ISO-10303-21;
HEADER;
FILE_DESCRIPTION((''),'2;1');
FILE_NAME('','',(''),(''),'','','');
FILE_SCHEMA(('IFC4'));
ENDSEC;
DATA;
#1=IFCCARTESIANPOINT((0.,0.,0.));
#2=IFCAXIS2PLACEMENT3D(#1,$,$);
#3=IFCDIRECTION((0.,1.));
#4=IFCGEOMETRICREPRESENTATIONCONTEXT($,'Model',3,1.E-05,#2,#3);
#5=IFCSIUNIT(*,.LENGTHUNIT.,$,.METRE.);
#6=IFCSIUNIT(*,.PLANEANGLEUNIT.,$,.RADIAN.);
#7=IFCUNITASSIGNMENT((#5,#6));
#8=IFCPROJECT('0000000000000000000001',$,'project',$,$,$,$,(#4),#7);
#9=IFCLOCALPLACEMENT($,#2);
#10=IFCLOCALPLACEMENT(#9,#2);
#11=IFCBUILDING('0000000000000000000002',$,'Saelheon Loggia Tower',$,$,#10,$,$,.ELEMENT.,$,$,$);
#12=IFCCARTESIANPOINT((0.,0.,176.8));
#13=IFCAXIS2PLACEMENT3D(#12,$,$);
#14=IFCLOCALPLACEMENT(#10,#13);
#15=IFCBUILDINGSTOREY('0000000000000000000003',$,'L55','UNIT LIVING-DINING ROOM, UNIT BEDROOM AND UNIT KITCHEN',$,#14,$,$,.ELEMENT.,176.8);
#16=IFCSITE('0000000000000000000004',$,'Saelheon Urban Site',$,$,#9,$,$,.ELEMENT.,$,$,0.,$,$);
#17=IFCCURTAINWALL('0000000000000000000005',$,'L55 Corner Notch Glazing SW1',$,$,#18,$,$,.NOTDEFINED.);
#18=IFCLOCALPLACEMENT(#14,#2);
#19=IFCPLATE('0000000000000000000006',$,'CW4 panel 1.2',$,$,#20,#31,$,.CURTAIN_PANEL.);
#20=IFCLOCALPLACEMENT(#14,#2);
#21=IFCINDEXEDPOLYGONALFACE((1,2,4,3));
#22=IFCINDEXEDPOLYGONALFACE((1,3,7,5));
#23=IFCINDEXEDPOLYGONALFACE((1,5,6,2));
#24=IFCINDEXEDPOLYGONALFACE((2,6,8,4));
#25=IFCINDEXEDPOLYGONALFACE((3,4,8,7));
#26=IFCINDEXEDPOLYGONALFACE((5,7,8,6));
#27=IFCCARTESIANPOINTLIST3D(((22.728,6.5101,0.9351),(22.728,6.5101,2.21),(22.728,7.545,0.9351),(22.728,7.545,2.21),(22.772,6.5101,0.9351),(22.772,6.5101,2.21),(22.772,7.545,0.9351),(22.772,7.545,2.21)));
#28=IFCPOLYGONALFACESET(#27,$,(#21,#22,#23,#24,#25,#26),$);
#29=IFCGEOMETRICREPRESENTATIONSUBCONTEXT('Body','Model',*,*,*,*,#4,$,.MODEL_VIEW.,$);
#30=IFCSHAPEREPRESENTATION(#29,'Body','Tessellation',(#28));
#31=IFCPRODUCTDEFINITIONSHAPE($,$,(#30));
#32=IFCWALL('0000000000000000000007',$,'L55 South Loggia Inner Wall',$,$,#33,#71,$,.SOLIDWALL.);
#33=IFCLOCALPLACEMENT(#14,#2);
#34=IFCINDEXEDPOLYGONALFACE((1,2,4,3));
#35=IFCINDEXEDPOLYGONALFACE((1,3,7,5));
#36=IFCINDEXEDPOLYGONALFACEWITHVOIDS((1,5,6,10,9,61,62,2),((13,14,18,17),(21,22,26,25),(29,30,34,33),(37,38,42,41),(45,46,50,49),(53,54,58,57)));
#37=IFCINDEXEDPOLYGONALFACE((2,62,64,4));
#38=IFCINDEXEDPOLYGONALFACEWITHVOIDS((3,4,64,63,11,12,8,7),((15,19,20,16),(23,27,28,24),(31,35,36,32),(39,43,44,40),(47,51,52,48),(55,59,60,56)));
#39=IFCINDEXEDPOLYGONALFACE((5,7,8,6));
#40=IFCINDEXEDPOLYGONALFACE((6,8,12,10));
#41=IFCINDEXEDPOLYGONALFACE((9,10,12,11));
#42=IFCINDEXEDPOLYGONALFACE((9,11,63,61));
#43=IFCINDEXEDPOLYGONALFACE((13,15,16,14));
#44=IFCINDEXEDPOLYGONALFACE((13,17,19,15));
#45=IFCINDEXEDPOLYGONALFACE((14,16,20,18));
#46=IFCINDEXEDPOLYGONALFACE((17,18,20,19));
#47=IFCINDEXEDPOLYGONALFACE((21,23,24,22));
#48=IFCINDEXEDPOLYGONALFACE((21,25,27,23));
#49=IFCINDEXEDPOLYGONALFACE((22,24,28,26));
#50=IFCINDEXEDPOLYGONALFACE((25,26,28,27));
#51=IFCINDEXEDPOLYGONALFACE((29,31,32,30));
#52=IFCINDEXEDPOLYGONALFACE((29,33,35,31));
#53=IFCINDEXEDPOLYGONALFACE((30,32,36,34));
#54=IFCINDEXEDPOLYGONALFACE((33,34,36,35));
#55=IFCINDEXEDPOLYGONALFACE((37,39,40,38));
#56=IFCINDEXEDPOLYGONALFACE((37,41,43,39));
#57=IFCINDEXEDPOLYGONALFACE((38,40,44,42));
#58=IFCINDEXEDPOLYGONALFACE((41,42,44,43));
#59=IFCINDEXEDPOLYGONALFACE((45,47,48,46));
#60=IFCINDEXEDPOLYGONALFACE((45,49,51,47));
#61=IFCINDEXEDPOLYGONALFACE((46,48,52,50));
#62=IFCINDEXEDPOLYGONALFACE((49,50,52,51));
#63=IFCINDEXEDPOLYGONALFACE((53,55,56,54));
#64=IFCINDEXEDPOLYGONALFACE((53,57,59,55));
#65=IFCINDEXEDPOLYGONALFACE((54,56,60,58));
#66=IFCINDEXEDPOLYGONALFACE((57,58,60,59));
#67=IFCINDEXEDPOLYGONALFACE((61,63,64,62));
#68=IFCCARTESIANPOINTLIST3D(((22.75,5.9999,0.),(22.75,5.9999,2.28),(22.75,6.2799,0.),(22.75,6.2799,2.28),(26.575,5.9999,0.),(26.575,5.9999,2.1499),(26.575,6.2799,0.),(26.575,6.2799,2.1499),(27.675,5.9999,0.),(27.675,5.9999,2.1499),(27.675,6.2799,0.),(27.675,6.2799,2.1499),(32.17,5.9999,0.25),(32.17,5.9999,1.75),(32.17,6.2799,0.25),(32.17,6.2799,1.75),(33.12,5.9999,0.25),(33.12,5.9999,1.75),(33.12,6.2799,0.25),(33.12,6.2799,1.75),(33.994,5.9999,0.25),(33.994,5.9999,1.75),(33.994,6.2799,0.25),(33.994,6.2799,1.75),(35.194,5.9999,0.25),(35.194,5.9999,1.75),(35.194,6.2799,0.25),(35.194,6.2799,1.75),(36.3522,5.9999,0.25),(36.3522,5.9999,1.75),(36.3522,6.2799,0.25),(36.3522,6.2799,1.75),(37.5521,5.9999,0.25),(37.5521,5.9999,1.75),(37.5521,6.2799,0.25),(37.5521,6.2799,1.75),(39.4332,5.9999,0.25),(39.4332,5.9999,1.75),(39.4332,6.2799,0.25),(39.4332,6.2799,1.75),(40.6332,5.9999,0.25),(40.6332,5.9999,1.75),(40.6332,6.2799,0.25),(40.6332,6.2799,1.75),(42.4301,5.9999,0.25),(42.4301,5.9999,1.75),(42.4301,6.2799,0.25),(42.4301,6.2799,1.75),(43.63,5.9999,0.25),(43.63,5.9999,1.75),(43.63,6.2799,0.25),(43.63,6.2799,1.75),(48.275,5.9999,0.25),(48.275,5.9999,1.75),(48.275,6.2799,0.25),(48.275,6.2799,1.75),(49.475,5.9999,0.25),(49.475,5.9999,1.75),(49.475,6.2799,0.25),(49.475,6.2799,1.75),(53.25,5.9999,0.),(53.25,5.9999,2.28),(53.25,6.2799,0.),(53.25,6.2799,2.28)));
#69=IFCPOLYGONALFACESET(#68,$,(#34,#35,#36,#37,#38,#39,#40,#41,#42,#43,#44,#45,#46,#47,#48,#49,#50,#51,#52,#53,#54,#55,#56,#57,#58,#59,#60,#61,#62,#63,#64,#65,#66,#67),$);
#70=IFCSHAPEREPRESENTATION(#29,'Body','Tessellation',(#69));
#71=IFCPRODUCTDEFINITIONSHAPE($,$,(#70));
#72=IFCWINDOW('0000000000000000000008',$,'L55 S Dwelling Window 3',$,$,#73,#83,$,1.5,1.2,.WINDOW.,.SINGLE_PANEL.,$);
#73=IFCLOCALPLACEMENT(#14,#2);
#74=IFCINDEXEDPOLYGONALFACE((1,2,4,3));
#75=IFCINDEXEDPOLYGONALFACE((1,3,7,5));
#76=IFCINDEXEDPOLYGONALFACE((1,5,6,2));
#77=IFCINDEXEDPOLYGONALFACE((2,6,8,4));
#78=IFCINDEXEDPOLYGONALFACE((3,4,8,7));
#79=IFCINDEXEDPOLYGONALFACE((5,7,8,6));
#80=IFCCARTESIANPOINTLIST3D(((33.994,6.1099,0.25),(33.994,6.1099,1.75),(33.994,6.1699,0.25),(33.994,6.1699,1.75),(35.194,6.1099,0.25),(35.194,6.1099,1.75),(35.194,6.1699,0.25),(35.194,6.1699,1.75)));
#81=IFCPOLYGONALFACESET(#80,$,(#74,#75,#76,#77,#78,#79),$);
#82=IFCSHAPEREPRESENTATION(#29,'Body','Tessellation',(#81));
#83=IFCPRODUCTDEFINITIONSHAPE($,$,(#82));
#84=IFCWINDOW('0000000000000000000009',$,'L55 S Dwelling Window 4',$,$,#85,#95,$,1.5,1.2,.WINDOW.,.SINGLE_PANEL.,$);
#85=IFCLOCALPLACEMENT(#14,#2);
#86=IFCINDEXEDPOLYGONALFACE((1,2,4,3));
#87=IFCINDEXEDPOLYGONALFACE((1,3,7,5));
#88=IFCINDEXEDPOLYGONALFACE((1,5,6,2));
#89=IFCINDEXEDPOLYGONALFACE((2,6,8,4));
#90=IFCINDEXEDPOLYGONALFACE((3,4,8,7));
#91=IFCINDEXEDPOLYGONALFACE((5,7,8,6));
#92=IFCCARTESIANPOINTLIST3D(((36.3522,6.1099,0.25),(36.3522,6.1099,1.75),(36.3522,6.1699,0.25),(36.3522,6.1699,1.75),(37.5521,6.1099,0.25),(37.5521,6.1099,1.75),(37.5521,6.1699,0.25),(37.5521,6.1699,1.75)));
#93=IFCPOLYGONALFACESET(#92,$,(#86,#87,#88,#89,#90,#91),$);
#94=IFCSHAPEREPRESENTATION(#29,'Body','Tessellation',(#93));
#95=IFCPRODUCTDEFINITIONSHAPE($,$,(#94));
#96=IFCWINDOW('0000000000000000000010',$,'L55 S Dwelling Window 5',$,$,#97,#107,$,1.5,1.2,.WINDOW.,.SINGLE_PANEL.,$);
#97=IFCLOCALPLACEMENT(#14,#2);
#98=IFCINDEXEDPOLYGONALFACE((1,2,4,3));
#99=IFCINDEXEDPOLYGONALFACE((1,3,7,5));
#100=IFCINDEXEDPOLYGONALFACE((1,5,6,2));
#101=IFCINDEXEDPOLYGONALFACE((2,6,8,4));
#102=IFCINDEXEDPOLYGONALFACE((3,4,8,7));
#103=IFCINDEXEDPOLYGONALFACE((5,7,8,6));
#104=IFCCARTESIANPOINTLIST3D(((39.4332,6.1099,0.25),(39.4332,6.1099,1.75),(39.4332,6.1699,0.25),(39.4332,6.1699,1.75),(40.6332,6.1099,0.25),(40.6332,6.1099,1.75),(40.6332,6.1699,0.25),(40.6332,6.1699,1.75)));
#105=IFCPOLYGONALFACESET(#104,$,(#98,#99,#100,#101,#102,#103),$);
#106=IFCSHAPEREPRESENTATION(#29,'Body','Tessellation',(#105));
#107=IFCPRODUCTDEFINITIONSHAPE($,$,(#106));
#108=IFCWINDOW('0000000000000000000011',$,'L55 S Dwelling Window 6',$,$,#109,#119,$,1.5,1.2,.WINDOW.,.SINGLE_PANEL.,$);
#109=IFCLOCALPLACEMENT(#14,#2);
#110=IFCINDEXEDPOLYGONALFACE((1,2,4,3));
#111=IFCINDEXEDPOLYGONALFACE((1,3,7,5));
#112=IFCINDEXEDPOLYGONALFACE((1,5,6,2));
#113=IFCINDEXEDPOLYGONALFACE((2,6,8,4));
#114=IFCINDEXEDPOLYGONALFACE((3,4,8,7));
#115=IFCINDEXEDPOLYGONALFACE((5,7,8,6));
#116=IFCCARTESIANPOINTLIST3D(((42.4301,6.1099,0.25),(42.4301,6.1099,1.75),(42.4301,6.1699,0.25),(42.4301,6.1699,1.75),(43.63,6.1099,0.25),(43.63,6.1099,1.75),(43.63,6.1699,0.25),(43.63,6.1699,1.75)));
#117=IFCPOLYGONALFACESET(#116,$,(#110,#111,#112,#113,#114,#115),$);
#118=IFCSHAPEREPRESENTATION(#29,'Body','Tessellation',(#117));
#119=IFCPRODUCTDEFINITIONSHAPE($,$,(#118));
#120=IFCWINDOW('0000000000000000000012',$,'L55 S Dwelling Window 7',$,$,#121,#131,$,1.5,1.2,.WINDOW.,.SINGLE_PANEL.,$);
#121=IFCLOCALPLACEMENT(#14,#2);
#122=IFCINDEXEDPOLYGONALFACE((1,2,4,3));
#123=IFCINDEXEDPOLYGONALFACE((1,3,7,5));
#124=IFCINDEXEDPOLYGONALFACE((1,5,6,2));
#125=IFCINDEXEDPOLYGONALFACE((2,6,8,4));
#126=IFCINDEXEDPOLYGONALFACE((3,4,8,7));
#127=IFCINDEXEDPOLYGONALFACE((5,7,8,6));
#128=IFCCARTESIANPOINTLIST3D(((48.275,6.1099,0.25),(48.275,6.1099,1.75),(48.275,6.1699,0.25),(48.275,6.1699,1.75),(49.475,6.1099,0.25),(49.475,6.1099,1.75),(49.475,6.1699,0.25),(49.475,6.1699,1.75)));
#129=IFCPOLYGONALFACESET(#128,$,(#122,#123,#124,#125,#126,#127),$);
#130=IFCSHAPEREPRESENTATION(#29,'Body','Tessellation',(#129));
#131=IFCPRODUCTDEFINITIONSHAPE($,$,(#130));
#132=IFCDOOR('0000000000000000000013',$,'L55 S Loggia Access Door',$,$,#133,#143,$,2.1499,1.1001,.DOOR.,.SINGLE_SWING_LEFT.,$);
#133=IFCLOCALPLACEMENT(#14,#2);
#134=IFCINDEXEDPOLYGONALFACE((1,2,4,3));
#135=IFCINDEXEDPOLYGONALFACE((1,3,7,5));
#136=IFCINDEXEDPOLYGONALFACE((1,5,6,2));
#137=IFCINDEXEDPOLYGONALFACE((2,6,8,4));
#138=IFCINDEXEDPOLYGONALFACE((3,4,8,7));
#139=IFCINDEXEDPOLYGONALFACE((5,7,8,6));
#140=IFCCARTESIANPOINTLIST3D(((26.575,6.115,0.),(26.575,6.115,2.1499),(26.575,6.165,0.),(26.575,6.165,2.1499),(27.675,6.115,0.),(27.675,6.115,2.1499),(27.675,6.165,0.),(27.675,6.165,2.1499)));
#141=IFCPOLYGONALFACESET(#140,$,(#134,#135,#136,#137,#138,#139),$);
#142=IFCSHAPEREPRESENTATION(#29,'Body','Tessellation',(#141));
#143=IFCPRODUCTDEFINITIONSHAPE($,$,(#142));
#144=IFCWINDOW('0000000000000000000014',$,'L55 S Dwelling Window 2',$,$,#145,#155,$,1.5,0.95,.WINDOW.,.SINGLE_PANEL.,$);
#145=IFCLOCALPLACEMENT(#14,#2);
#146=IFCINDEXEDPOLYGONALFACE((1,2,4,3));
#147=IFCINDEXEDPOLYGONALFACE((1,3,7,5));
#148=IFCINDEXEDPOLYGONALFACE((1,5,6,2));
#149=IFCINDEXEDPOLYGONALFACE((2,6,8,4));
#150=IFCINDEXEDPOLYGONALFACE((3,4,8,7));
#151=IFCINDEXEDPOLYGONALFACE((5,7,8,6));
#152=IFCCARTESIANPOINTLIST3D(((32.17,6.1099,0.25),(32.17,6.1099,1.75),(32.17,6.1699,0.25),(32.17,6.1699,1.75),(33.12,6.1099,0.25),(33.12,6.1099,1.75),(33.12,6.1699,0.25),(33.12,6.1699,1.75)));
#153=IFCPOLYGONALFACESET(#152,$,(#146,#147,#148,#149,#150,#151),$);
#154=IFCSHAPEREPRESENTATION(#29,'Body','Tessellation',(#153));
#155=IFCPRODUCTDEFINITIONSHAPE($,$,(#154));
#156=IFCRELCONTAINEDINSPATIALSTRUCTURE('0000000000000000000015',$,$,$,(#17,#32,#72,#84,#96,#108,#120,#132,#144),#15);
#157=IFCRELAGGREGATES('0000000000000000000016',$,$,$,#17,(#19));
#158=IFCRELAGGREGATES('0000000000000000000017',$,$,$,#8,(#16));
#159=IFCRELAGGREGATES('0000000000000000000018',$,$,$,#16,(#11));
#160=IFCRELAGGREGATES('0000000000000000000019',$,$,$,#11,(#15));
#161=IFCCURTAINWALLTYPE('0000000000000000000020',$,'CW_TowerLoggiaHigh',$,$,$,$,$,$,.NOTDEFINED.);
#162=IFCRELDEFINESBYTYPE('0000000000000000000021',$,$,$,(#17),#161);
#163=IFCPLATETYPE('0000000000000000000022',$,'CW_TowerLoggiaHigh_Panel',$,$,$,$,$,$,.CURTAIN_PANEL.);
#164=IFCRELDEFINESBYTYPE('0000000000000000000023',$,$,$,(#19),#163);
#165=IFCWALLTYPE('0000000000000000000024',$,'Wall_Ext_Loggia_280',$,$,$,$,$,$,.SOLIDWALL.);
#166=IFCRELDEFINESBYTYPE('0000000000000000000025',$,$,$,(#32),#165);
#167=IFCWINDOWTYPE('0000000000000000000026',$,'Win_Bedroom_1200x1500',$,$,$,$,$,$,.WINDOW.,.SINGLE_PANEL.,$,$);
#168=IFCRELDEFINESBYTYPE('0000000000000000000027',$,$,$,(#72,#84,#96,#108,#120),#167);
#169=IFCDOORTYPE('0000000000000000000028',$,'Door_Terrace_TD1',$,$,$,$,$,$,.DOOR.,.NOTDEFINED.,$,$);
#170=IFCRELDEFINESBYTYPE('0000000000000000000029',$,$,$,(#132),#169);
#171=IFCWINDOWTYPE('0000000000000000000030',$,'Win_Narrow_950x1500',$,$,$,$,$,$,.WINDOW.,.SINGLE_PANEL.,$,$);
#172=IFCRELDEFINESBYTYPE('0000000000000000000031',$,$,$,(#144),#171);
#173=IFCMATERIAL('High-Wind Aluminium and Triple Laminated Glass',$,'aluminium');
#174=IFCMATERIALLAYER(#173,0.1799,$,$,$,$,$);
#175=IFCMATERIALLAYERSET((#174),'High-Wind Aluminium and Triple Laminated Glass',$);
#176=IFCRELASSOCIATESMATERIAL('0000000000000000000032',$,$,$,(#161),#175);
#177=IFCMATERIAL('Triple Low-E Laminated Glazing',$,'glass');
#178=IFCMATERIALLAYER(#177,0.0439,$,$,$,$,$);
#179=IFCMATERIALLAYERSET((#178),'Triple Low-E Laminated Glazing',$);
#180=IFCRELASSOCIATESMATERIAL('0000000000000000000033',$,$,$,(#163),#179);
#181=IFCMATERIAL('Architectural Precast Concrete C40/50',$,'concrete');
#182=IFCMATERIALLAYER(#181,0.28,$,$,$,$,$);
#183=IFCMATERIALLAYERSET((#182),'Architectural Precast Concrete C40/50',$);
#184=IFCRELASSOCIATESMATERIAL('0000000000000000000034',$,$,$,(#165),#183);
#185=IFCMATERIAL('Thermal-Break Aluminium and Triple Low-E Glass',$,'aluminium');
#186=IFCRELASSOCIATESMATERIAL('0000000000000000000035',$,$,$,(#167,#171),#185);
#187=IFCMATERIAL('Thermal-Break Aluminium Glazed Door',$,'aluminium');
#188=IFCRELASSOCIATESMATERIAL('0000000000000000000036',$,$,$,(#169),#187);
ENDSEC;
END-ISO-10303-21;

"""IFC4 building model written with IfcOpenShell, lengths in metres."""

from ifc_helpers import new_model, si_unit, direction, frame, frame_2d, origin, origin_2d, place, context, subcontext, project, spatial, rectangle, extrude, source, transform, mapped, material, layer, layer_set, type_object, element, fill, aggregate, save


model = new_model("IFC4")

# Units and contexts
model_context = context("Model", 3, precision=1e-05, world=origin(), true_north=direction((0.0, 1.0)))
body_context = subcontext(model_context, "Body", "Model", "MODEL_VIEW")
ifc_project = project(units=[si_unit("LENGTHUNIT", "METRE"), si_unit("PLANEANGLEUNIT", "RADIAN")], contexts=[model_context])

# Site, building, storey
site_placement = place(None, origin())
site = spatial("IfcSite", under=ifc_project, at=site_placement, Name="Saelheon Urban Site", CompositionType="ELEMENT", RefElevation=0.0)
building_placement = place(site_placement, origin())
building = spatial("IfcBuilding", under=site, at=building_placement, Name="Saelheon Loggia Tower", CompositionType="ELEMENT")
storey_placement = place(building_placement, frame((0.0, 0.0, 176.8)))
storey = spatial("IfcBuildingStorey", under=building, at=storey_placement, Name="L55", Description="UNIT LIVING-DINING ROOM, UNIT BEDROOM AND UNIT KITCHEN", CompositionType="ELEMENT", Elevation=176.8)

# Curtain wall, plate
ifc_material_1 = material(Name="High-Wind Aluminium and Triple Laminated Glass", Category="aluminium")
ifc_layer_1 = layer(ifc_material_1, 0.1799)
ifc_layer_set_1 = layer_set([ifc_layer_1], Name="High-Wind Aluminium and Triple Laminated Glass")
curtain_wall_type = type_object("IfcCurtainWallType", Name="CW_TowerLoggiaHigh", PredefinedType="NOTDEFINED", material=ifc_layer_set_1)
curtain_wall_placement = place(storey_placement, origin())
curtain_wall = element("IfcCurtainWall", 1, at=curtain_wall_placement, inside=storey, type_object=curtain_wall_type, Name="L55 Corner Notch Glazing SW1", PredefinedType="NOTDEFINED")
ifc_material_2 = material(Name="Triple Low-E Laminated Glazing", Category="glass")
ifc_layer_2 = layer(ifc_material_2, 0.0439)
ifc_layer_set_2 = layer_set([ifc_layer_2], Name="Triple Low-E Laminated Glazing")
plate_type = type_object("IfcPlateType", Name="CW_TowerLoggiaHigh_Panel", PredefinedType="CURTAIN_PANEL", material=ifc_layer_set_2)
shared_shape_1 = source(origin(), body_context, "Body", "SweptSolid", [
    extrude(rectangle(XDim=1.0349, YDim=0.0439, at=origin_2d()), origin(), (0.0, 0.0, 1.0), 1.2749),
])
plate_1_placement = place(storey_placement, frame((22.75, 7.0276, 0.9351), z_axis=(0.0, 0.0, 1.0), x_axis=(0.0, 1.0, 0.0)))
plate_1 = element("IfcPlate", 2, at=plate_1_placement, type_object=plate_type, Name="CW4 panel 1.2", PredefinedType="CURTAIN_PANEL", context=body_context, shape_type="MappedRepresentation", body=[
    mapped(shared_shape_1, transform((0.0, 0.0, 0.0), scale=1.0)),
])
aggregate(curtain_wall, [plate_1])

# Wall, openings, windows, door
ifc_material_3 = material(Name="Architectural Precast Concrete C40/50", Category="concrete")
ifc_layer_3 = layer(ifc_material_3, 0.28)
ifc_layer_set_3 = layer_set([ifc_layer_3], Name="Architectural Precast Concrete C40/50")
wall_type = type_object("IfcWallType", Name="Wall_Ext_Loggia_280", PredefinedType="SOLIDWALL", material=ifc_layer_set_3)
wall_placement = place(storey_placement, frame((22.75, 6.1399, 0.0), z_axis=(0.0, 0.0, 1.0), x_axis=(1.0, 0.0, 0.0)))
wall = element("IfcWall", 3, at=wall_placement, inside=storey, type_object=wall_type, Name="L55 South Loggia Inner Wall", PredefinedType="SOLIDWALL", context=body_context, shape_type="SweptSolid", body=[
    extrude(rectangle(XDim=30.5, YDim=0.28, at=frame_2d((15.25, 0.0))), origin(), (0.0, 0.0, 1.0), 2.28),
])
opening_1_placement = place(wall_placement, frame((4.925, 0.0, 0.0), z_axis=(0.0, 0.0, 1.0), x_axis=(-1.0, 0.0, 0.0)))
opening_1 = element("IfcOpeningElement", 4, at=opening_1_placement, cuts=wall, PredefinedType="OPENING", context=body_context, shape_type="SweptSolid", body=[
    extrude(rectangle(XDim=1.1001, YDim=2.1499, at=frame_2d((0.55, 1.075))), frame((0.0, 0.1521, 0.0), z_axis=(0.0, -1.0, 0.0), x_axis=(1.0, 0.0, 0.0)), (0.0, 0.0, 1.0), 0.304),
])
opening_2_placement = place(wall_placement, frame((9.4199, 0.0, 0.25)))
opening_2 = element("IfcOpeningElement", 5, at=opening_2_placement, cuts=wall, PredefinedType="OPENING", context=body_context, shape_type="SweptSolid", body=[
    extrude(rectangle(XDim=0.95, YDim=1.5, at=frame_2d((0.4751, 0.75))), frame((0.0, 0.1521, 0.0), z_axis=(0.0, -1.0, 0.0), x_axis=(1.0, 0.0, 0.0)), (0.0, 0.0, 1.0), 0.304),
])
opening_3_placement = place(wall_placement, frame((11.2439, 0.0, 0.25)))
opening_3 = element("IfcOpeningElement", 6, at=opening_3_placement, cuts=wall, PredefinedType="OPENING", context=body_context, shape_type="SweptSolid", body=[
    extrude(rectangle(XDim=1.2, YDim=1.5, at=frame_2d((0.6001, 0.75))), frame((0.0, 0.1521, 0.0), z_axis=(0.0, -1.0, 0.0), x_axis=(1.0, 0.0, 0.0)), (0.0, 0.0, 1.0), 0.304),
])
opening_4_placement = place(wall_placement, frame((13.6021, 0.0, 0.25)))
opening_4 = element("IfcOpeningElement", 7, at=opening_4_placement, cuts=wall, PredefinedType="OPENING", context=body_context, shape_type="SweptSolid", body=[
    extrude(rectangle(XDim=1.2, YDim=1.5, at=frame_2d((0.6001, 0.75))), frame((0.0, 0.1521, 0.0), z_axis=(0.0, -1.0, 0.0), x_axis=(1.0, 0.0, 0.0)), (0.0, 0.0, 1.0), 0.304),
])
opening_5_placement = place(wall_placement, frame((16.6831, 0.0, 0.25)))
opening_5 = element("IfcOpeningElement", 8, at=opening_5_placement, cuts=wall, PredefinedType="OPENING", context=body_context, shape_type="SweptSolid", body=[
    extrude(rectangle(XDim=1.2, YDim=1.5, at=frame_2d((0.6001, 0.75))), frame((0.0, 0.1521, 0.0), z_axis=(0.0, -1.0, 0.0), x_axis=(1.0, 0.0, 0.0)), (0.0, 0.0, 1.0), 0.304),
])
opening_6_placement = place(wall_placement, frame((19.6799, 0.0, 0.25)))
opening_6 = element("IfcOpeningElement", 9, at=opening_6_placement, cuts=wall, PredefinedType="OPENING", context=body_context, shape_type="SweptSolid", body=[
    extrude(rectangle(XDim=1.2, YDim=1.5, at=frame_2d((0.6001, 0.75))), frame((0.0, 0.1521, 0.0), z_axis=(0.0, -1.0, 0.0), x_axis=(1.0, 0.0, 0.0)), (0.0, 0.0, 1.0), 0.304),
])
opening_7_placement = place(wall_placement, frame((25.5249, 0.0, 0.25)))
opening_7 = element("IfcOpeningElement", 10, at=opening_7_placement, cuts=wall, PredefinedType="OPENING", context=body_context, shape_type="SweptSolid", body=[
    extrude(rectangle(XDim=1.2, YDim=1.5, at=frame_2d((0.6001, 0.75))), frame((0.0, 0.1521, 0.0), z_axis=(0.0, -1.0, 0.0), x_axis=(1.0, 0.0, 0.0)), (0.0, 0.0, 1.0), 0.304),
])
ifc_material_4 = material(Name="Thermal-Break Aluminium and Triple Low-E Glass", Category="aluminium")
window_type_1 = type_object("IfcWindowType", Name="Win_Bedroom_1200x1500", PartitioningType="SINGLE_PANEL", PredefinedType="WINDOW", material=ifc_material_4)
shared_shape_2 = source(origin(), body_context, "Body", "SweptSolid", [
    extrude(rectangle(XDim=1.2, YDim=1.5, at=frame_2d((0.6001, 0.75))), frame((0.0, 0.03, 0.0), z_axis=(0.0, -1.0, 0.0), x_axis=(1.0, 0.0, 0.0)), (0.0, 0.0, 1.0), 0.0601),
])
window_1_placement = place(opening_3_placement, origin())
window_1 = element("IfcWindow", 11, at=window_1_placement, inside=storey, type_object=window_type_1, Name="L55 S Dwelling Window 3", OverallHeight=1.5, OverallWidth=1.2, PartitioningType="SINGLE_PANEL", PredefinedType="WINDOW", context=body_context, shape_type="MappedRepresentation", body=[
    mapped(shared_shape_2, transform((0.0, 0.0, 0.0), scale=1.0)),
])
fill(opening_3, window_1)
window_2_placement = place(opening_4_placement, origin())
window_2 = element("IfcWindow", 12, at=window_2_placement, inside=storey, type_object=window_type_1, Name="L55 S Dwelling Window 4", OverallHeight=1.5, OverallWidth=1.2, PartitioningType="SINGLE_PANEL", PredefinedType="WINDOW", context=body_context, shape_type="MappedRepresentation", body=[
    mapped(shared_shape_2, transform((0.0, 0.0, 0.0), scale=1.0)),
])
fill(opening_4, window_2)
window_3_placement = place(opening_5_placement, origin())
window_3 = element("IfcWindow", 13, at=window_3_placement, inside=storey, type_object=window_type_1, Name="L55 S Dwelling Window 5", OverallHeight=1.5, OverallWidth=1.2, PartitioningType="SINGLE_PANEL", PredefinedType="WINDOW", context=body_context, shape_type="MappedRepresentation", body=[
    mapped(shared_shape_2, transform((0.0, 0.0, 0.0), scale=1.0)),
])
fill(opening_5, window_3)
window_4_placement = place(opening_6_placement, origin())
window_4 = element("IfcWindow", 14, at=window_4_placement, inside=storey, type_object=window_type_1, Name="L55 S Dwelling Window 6", OverallHeight=1.5, OverallWidth=1.2, PartitioningType="SINGLE_PANEL", PredefinedType="WINDOW", context=body_context, shape_type="MappedRepresentation", body=[
    mapped(shared_shape_2, transform((0.0, 0.0, 0.0), scale=1.0)),
])
fill(opening_6, window_4)
window_5_placement = place(opening_7_placement, origin())
window_5 = element("IfcWindow", 15, at=window_5_placement, inside=storey, type_object=window_type_1, Name="L55 S Dwelling Window 7", OverallHeight=1.5, OverallWidth=1.2, PartitioningType="SINGLE_PANEL", PredefinedType="WINDOW", context=body_context, shape_type="MappedRepresentation", body=[
    mapped(shared_shape_2, transform((0.0, 0.0, 0.0), scale=1.0)),
])
fill(opening_7, window_5)
ifc_material_5 = material(Name="Thermal-Break Aluminium Glazed Door", Category="aluminium")
door_type = type_object("IfcDoorType", Name="Door_Terrace_TD1", OperationType="NOTDEFINED", PredefinedType="DOOR", material=ifc_material_5)
shared_shape_3 = source(origin(), body_context, "Body", "SweptSolid", [
    extrude(rectangle(XDim=1.1001, YDim=2.1499, at=frame_2d((0.55, 1.075))), frame((0.0, 0.0249, 0.0), z_axis=(0.0, -1.0, 0.0), x_axis=(1.0, 0.0, 0.0)), (0.0, 0.0, 1.0), 0.05),
])
door_placement = place(opening_1_placement, origin())
door = element("IfcDoor", 16, at=door_placement, inside=storey, type_object=door_type, Name="L55 S Loggia Access Door", OperationType="SINGLE_SWING_LEFT", OverallHeight=2.1499, OverallWidth=1.1001, PredefinedType="DOOR", context=body_context, shape_type="MappedRepresentation", body=[
    mapped(shared_shape_3, transform((0.0, 0.0, 0.0), scale=1.0)),
])
fill(opening_1, door)
window_type_2 = type_object("IfcWindowType", Name="Win_Narrow_950x1500", PartitioningType="SINGLE_PANEL", PredefinedType="WINDOW", material=ifc_material_4)
shared_shape_4 = source(origin(), body_context, "Body", "SweptSolid", [
    extrude(rectangle(XDim=0.95, YDim=1.5, at=frame_2d((0.4751, 0.75))), frame((0.0, 0.03, 0.0), z_axis=(0.0, -1.0, 0.0), x_axis=(1.0, 0.0, 0.0)), (0.0, 0.0, 1.0), 0.0601),
])
window_6_placement = place(opening_2_placement, origin())
window_6 = element("IfcWindow", 17, at=window_6_placement, inside=storey, type_object=window_type_2, Name="L55 S Dwelling Window 2", OverallHeight=1.5, OverallWidth=0.95, PartitioningType="SINGLE_PANEL", PredefinedType="WINDOW", context=body_context, shape_type="MappedRepresentation", body=[
    mapped(shared_shape_4, transform((0.0, 0.0, 0.0), scale=1.0)),
])
fill(opening_2, window_6)

save(model, "model.ifc")
